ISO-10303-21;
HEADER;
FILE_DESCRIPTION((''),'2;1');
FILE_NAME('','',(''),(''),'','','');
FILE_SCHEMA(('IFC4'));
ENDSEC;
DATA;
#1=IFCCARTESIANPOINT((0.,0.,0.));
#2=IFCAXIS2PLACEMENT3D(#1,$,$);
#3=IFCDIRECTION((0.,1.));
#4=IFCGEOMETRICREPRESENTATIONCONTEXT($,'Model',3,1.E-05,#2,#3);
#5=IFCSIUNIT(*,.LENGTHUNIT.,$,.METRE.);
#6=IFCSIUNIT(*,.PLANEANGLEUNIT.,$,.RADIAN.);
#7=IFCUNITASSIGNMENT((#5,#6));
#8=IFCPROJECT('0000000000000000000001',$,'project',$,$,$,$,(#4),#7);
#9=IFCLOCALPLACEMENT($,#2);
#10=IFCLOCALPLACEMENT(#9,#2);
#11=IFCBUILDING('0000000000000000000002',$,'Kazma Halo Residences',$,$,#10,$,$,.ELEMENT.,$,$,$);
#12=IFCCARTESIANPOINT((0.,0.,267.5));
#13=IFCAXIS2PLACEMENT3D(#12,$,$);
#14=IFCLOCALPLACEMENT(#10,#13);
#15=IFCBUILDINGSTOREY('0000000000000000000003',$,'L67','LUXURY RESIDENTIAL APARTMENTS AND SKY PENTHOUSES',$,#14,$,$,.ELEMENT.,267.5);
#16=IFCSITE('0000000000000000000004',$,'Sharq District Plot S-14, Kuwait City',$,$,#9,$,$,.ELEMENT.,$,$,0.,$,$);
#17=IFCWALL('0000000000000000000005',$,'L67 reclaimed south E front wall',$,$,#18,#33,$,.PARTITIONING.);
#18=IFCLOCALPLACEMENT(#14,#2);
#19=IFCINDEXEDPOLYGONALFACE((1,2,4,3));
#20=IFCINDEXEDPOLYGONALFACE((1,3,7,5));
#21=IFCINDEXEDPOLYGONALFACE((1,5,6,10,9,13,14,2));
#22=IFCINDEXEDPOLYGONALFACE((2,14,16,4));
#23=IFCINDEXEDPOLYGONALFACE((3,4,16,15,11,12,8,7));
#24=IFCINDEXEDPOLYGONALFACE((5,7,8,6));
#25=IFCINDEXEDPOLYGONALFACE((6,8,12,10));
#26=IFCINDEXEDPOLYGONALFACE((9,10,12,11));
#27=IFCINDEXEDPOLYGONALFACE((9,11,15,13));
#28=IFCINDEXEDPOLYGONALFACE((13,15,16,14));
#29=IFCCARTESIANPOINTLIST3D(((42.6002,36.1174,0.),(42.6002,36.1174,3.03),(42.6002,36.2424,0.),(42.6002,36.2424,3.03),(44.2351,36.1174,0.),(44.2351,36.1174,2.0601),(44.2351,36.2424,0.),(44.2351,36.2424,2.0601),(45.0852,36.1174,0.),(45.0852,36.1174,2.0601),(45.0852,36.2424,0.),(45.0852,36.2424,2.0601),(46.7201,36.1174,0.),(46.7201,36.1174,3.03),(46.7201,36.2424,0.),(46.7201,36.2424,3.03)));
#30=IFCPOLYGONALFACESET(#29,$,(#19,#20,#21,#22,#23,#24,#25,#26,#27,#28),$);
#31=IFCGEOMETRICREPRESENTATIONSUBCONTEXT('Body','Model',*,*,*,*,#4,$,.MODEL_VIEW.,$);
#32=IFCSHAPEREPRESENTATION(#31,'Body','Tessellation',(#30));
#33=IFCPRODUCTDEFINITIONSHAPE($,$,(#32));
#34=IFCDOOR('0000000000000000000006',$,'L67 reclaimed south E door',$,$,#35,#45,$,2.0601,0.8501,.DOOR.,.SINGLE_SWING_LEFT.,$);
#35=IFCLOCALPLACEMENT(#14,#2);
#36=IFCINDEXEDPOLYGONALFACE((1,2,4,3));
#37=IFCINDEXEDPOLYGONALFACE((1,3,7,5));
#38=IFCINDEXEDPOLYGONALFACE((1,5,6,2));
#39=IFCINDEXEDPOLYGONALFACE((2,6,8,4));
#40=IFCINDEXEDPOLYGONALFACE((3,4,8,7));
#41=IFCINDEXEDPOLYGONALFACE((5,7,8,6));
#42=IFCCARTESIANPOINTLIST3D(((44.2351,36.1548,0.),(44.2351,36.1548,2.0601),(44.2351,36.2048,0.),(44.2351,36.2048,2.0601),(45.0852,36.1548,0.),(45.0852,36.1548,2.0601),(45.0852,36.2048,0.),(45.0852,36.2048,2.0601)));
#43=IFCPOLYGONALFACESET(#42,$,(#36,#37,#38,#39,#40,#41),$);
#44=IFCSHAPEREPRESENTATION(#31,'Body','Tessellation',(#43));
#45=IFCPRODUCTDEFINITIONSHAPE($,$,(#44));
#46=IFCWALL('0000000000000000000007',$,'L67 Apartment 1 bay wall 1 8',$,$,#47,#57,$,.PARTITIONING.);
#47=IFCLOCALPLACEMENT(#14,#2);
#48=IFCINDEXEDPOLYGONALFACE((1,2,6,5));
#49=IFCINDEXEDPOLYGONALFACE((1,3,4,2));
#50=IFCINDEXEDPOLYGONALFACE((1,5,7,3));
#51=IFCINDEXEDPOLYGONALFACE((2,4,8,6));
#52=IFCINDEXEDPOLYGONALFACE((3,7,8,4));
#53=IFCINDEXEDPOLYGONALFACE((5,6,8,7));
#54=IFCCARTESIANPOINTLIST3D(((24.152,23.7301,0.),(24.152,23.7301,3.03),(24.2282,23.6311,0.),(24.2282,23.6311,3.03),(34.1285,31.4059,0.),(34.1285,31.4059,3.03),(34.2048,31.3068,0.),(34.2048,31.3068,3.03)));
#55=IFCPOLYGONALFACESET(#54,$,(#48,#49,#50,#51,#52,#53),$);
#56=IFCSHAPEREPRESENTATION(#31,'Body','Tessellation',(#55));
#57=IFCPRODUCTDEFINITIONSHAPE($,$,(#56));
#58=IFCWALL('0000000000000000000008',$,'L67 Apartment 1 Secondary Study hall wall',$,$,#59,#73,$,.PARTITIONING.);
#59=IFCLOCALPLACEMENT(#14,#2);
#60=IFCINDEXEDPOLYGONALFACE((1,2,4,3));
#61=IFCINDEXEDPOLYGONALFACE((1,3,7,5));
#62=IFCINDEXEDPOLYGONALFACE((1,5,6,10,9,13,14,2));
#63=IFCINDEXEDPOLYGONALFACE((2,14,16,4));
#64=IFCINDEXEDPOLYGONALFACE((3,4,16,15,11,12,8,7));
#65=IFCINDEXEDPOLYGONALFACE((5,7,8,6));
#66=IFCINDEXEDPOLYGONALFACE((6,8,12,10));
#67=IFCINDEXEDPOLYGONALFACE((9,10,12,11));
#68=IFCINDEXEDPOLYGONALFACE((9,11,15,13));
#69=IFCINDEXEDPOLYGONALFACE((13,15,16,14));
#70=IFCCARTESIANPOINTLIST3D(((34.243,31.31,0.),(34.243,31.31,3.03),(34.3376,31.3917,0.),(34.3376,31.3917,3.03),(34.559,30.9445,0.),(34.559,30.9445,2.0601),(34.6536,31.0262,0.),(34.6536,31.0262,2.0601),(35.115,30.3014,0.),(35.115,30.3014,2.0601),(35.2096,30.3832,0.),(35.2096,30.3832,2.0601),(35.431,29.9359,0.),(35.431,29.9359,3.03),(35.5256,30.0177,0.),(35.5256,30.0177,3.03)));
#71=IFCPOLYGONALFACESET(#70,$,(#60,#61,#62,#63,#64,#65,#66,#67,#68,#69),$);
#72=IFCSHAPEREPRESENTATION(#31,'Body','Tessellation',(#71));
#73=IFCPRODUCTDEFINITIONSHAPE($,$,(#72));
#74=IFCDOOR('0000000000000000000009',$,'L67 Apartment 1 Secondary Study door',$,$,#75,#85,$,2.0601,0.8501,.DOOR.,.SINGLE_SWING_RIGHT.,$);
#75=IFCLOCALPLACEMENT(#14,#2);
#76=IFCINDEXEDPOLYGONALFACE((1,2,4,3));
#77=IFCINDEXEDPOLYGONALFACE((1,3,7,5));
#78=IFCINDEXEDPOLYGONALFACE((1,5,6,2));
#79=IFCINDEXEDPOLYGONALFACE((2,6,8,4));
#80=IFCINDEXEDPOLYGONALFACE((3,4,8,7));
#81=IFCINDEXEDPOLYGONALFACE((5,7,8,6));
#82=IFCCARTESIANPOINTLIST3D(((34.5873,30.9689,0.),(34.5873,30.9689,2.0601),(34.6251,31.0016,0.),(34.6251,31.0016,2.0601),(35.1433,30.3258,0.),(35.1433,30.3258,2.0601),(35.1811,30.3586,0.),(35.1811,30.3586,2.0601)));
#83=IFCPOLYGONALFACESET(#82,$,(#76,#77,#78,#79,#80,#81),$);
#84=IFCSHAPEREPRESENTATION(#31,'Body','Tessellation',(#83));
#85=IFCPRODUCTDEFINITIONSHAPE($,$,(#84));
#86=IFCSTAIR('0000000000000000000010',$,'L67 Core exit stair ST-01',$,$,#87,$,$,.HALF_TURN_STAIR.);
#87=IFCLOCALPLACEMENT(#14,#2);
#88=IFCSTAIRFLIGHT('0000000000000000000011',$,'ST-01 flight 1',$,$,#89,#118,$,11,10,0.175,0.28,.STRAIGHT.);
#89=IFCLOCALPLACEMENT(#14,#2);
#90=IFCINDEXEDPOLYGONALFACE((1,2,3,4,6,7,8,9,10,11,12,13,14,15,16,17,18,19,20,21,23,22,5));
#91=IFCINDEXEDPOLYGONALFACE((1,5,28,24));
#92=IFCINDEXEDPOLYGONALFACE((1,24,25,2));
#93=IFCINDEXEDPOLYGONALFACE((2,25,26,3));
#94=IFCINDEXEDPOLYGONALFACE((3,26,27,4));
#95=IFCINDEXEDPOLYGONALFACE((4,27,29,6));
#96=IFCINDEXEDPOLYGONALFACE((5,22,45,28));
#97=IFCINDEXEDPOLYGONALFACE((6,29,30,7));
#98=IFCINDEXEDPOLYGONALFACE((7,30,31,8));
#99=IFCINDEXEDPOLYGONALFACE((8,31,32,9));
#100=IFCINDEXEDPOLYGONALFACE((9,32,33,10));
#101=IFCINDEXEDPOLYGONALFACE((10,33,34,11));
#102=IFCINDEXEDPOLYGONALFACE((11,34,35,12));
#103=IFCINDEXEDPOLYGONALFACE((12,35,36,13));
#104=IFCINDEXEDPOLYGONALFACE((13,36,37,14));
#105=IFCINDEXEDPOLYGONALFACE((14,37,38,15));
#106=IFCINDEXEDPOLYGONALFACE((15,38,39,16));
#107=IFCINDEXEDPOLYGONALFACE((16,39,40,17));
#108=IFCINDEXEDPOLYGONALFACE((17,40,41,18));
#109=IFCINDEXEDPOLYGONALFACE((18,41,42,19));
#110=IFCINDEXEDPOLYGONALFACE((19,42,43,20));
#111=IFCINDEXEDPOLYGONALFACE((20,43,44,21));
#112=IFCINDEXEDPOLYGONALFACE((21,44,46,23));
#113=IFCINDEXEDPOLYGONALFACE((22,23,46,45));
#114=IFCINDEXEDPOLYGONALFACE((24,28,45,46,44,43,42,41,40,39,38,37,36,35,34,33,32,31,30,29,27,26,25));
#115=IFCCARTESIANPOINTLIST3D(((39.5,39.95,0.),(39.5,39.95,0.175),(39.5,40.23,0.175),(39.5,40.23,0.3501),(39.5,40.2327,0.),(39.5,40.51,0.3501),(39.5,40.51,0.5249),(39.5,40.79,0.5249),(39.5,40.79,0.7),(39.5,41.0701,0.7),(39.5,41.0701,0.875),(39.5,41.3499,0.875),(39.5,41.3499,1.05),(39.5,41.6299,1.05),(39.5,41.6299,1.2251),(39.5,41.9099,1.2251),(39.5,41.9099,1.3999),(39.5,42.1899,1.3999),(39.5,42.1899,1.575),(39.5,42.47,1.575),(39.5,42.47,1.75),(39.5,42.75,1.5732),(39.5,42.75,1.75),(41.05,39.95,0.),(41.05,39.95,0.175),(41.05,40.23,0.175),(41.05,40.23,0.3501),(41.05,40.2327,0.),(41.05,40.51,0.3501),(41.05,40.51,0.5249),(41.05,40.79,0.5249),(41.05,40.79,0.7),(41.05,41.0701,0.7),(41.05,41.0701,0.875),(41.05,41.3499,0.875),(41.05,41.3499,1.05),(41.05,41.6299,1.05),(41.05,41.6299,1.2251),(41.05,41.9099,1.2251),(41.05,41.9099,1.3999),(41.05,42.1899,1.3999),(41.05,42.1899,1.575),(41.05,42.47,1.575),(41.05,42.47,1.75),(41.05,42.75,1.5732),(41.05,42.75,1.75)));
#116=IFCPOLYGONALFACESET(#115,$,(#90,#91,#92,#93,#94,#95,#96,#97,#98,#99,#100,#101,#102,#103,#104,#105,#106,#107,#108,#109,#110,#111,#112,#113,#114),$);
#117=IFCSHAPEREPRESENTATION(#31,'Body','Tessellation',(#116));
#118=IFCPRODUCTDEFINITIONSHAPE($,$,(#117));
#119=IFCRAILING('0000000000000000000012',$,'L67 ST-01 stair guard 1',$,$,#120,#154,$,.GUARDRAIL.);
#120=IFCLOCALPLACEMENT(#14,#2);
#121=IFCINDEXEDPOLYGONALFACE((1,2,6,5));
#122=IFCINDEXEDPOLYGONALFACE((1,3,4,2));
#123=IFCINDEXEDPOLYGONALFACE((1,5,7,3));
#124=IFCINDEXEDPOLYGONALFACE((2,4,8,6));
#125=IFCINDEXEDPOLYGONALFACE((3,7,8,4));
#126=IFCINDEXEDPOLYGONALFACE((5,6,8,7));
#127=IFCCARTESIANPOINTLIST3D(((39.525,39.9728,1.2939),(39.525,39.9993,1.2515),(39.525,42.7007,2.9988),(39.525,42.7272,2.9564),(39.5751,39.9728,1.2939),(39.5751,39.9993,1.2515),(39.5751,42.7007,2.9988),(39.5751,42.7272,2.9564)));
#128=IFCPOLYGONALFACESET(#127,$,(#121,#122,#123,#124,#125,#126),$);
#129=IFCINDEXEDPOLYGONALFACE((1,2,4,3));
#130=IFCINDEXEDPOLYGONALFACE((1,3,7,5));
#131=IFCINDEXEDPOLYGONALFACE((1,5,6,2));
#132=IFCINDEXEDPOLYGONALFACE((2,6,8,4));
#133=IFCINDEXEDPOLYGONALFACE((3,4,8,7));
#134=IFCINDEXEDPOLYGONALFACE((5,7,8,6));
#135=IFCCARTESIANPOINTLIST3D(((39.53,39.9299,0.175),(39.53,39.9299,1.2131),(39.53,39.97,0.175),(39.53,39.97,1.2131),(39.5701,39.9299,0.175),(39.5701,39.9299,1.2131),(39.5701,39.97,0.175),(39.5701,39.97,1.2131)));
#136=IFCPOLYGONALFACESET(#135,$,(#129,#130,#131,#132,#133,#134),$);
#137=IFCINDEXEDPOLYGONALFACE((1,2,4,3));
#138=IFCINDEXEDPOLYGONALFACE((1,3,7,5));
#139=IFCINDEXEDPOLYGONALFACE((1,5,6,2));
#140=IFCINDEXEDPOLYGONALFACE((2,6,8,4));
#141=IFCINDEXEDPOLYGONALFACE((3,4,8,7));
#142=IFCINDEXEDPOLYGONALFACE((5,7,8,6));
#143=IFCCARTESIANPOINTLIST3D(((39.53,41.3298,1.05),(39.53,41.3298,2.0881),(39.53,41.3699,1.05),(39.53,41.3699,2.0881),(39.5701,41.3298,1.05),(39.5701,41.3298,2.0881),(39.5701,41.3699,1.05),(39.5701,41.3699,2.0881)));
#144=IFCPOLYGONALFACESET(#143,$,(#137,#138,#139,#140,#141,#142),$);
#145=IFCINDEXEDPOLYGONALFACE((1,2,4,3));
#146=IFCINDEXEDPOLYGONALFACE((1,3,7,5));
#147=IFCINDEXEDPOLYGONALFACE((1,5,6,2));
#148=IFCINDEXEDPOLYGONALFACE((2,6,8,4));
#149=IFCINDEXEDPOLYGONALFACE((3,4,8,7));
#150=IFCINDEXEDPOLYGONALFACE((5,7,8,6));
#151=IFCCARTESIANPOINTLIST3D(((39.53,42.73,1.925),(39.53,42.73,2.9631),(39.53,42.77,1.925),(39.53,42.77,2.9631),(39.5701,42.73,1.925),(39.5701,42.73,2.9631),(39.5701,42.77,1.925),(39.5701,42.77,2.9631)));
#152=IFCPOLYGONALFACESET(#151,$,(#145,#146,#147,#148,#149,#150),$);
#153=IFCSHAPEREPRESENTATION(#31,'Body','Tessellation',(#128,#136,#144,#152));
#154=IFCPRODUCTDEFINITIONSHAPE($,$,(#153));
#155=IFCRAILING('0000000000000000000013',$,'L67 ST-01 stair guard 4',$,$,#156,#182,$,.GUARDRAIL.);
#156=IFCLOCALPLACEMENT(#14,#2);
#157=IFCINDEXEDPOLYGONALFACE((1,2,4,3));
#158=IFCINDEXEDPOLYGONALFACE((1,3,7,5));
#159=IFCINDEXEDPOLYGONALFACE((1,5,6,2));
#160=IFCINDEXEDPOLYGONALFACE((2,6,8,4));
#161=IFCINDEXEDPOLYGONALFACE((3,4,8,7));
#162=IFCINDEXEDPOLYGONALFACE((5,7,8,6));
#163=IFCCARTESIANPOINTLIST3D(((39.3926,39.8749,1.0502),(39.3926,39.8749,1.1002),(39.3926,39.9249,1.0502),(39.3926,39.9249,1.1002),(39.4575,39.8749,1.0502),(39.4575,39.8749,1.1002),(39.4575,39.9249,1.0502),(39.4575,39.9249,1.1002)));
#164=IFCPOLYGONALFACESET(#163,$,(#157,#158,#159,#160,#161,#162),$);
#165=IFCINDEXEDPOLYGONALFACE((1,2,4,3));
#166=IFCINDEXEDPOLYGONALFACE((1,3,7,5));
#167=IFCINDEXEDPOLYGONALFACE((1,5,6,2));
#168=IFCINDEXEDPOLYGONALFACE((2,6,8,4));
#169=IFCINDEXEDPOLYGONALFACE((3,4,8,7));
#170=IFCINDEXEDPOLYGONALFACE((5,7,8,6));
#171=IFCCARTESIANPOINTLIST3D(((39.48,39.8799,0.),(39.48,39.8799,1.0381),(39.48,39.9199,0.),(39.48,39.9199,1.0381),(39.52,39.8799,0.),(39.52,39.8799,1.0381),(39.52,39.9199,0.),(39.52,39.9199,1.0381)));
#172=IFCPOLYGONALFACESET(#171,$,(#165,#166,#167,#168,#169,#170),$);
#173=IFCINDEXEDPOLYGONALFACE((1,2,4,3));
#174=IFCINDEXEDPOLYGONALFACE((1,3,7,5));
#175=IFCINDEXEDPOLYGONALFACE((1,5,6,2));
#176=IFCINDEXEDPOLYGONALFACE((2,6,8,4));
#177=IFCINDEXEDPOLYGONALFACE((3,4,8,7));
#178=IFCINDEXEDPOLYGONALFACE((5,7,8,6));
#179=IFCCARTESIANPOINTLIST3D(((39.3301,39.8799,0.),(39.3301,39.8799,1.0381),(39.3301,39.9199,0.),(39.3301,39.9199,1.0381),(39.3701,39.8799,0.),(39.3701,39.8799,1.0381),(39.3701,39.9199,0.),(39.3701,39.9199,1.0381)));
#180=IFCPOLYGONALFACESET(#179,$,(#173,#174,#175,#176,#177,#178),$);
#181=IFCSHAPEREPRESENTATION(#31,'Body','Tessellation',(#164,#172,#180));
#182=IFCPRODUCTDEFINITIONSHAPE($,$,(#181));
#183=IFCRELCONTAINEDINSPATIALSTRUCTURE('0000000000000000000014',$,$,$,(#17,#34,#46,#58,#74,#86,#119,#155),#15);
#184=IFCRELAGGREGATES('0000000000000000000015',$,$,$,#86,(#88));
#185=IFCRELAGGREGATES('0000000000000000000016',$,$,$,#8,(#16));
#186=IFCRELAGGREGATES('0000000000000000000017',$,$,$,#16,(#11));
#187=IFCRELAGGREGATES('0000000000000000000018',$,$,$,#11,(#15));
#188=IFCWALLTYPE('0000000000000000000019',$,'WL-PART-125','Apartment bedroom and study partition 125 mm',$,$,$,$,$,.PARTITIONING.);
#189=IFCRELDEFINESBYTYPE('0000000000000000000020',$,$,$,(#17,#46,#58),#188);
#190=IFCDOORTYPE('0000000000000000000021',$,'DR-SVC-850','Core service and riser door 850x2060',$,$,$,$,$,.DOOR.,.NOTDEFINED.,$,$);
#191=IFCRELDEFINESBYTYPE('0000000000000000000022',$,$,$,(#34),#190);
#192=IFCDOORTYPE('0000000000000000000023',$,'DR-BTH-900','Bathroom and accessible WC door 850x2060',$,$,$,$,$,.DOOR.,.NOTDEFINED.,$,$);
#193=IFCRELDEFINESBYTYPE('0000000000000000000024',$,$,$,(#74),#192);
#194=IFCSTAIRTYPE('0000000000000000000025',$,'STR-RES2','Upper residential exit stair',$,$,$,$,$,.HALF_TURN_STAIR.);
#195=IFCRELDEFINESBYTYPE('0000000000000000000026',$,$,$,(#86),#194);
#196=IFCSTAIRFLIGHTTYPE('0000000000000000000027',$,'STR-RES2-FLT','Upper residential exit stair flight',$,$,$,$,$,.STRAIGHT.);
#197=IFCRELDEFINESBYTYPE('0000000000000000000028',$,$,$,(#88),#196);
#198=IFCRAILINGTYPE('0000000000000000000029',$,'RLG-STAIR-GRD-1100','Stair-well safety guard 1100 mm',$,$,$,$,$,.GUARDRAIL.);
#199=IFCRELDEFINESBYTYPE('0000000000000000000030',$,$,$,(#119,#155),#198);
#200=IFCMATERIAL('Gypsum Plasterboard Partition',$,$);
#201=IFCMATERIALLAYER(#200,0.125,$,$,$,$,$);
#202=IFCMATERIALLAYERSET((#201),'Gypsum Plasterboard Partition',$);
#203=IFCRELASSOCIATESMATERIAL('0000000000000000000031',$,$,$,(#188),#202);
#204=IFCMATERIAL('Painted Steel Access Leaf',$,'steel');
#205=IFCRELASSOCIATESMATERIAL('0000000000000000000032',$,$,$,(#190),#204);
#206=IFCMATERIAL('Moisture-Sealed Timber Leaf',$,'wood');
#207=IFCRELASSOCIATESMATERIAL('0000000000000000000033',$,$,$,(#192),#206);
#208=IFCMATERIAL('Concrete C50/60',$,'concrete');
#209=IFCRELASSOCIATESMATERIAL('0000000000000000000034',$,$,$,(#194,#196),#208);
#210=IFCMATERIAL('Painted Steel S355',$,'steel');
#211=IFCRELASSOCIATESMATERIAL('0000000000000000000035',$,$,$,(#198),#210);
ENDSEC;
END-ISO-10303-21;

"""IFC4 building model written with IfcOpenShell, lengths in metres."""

from ifc_helpers import new_model, si_unit, direction, frame, frame_2d, origin, origin_2d, place, context, subcontext, project, spatial, polyline, rectangle, outline, extrude, material, layer, layer_set, type_object, element, fill, aggregate, save


model = new_model("IFC4")

# Units and contexts
model_context = context("Model", 3, precision=1e-05, world=origin(), true_north=direction((0.0, 1.0)))
body_context = subcontext(model_context, "Body", "Model", "MODEL_VIEW")
ifc_project = project(units=[si_unit("LENGTHUNIT", "METRE"), si_unit("PLANEANGLEUNIT", "RADIAN")], contexts=[model_context])

# Site, building, storey
site_placement = place(None, origin())
site = spatial("IfcSite", under=ifc_project, at=site_placement, Name="Sharq District Plot S-14, Kuwait City", CompositionType="ELEMENT", RefElevation=0.0)
building_placement = place(site_placement, origin())
building = spatial("IfcBuilding", under=site, at=building_placement, Name="Kazma Halo Residences", CompositionType="ELEMENT")
storey_placement = place(building_placement, frame((0.0, 0.0, 267.5)))
storey = spatial("IfcBuildingStorey", under=building, at=storey_placement, Name="L67", Description="LUXURY RESIDENTIAL APARTMENTS AND SKY PENTHOUSES", CompositionType="ELEMENT", Elevation=267.5)

# Shared definitions
ifc_material_1 = material(Name="Gypsum Plasterboard Partition")
ifc_layer_1 = layer(ifc_material_1, 0.125)
ifc_layer_set_1 = layer_set([ifc_layer_1], Name="Gypsum Plasterboard Partition")
wall_type_1 = type_object("IfcWallType", Name="WL-PART-125", Description="Apartment bedroom and study partition 125 mm", PredefinedType="PARTITIONING", material=ifc_layer_set_1)

# Wall, opening, door
ifc_material_2 = material(Name="Painted Steel Access Leaf", Category="steel")
door_type_1 = type_object("IfcDoorType", Name="DR-SVC-850", Description="Core service and riser door 850x2060", OperationType="NOTDEFINED", PredefinedType="DOOR", material=ifc_material_2)
wall_1_placement = place(storey_placement, frame((42.6001, 36.1799, 0.0), z_axis=(0.0, 0.0, 1.0), x_axis=(1.0, 0.0, 0.0)))
wall_1 = element("IfcWall", 1, at=wall_1_placement, inside=storey, type_object=wall_type_1, Name="L67 reclaimed south E front wall", PredefinedType="PARTITIONING", context=body_context, shape_type="SweptSolid", body=[
    extrude(rectangle(XDim=4.1199, YDim=0.125, at=frame_2d((2.0601, 0.0))), origin(), (0.0, 0.0, 1.0), 3.03),
])
opening_1_placement = place(wall_1_placement, frame((1.635, 0.0, 0.0)))
opening_1 = element("IfcOpeningElement", 2, at=opening_1_placement, cuts=wall_1, PredefinedType="OPENING", context=body_context, shape_type="SweptSolid", body=[
    extrude(rectangle(XDim=0.8501, YDim=2.0601, at=frame_2d((0.425, 1.03))), frame((0.0, 0.0725, 0.0), z_axis=(0.0, -1.0, 0.0), x_axis=(1.0, 0.0, 0.0)), (0.0, 0.0, 1.0), 0.145),
])
door_1_placement = place(opening_1_placement, origin())
door_1 = element("IfcDoor", 3, at=door_1_placement, inside=storey, type_object=door_type_1, Name="L67 reclaimed south E door", OperationType="SINGLE_SWING_LEFT", OverallHeight=2.0601, OverallWidth=0.8501, PredefinedType="DOOR", context=body_context, shape_type="SweptSolid", body=[
    extrude(rectangle(XDim=0.8501, YDim=2.0601, at=frame_2d((0.425, 1.03))), frame((0.0, 0.0249, 0.0), z_axis=(0.0, -1.0, 0.0), x_axis=(1.0, 0.0, 0.0)), (0.0, 0.0, 1.0), 0.05),
])
fill(opening_1, door_1)

# Wall
wall_2_placement = place(storey_placement, frame((34.1667, 31.3564, 0.0), z_axis=(0.0, 0.0, 1.0), x_axis=(-0.792566, -0.609786, 0.0)))
element("IfcWall", 4, at=wall_2_placement, inside=storey, type_object=wall_type_1, Name="L67 Apartment 1 bay wall 1 8", PredefinedType="PARTITIONING", context=body_context, shape_type="SweptSolid", body=[
    extrude(rectangle(XDim=12.5876, YDim=0.125, at=frame_2d((6.2939, 0.0))), origin(), (0.0, 0.0, 1.0), 3.03),
])

# Wall, opening, door
wall_3_placement = place(storey_placement, frame((34.2903, 31.3508, 0.0), z_axis=(0.0, 0.0, 1.0), x_axis=(0.65404, -0.75646, 0.0)))
wall_3 = element("IfcWall", 5, at=wall_3_placement, inside=storey, type_object=wall_type_1, Name="L67 Apartment 1 Secondary Study hall wall", PredefinedType="PARTITIONING", context=body_context, shape_type="SweptSolid", body=[
    extrude(rectangle(XDim=1.8164, YDim=0.125, at=frame_2d((0.9082, 0.0))), origin(), (0.0, 0.0, 1.0), 3.03),
])
opening_2_placement = place(wall_3_placement, frame((0.4832, 0.0, 0.0)))
opening_2 = element("IfcOpeningElement", 6, at=opening_2_placement, cuts=wall_3, PredefinedType="OPENING", context=body_context, shape_type="SweptSolid", body=[
    extrude(rectangle(XDim=0.8501, YDim=2.0601, at=frame_2d((0.425, 1.03))), frame((0.0, 0.0725, 0.0), z_axis=(0.0, -1.0, 0.0), x_axis=(1.0, 0.0, 0.0)), (0.0, 0.0, 1.0), 0.145),
])
ifc_material_3 = material(Name="Moisture-Sealed Timber Leaf", Category="wood")
door_type_2 = type_object("IfcDoorType", Name="DR-BTH-900", Description="Bathroom and accessible WC door 850x2060", OperationType="NOTDEFINED", PredefinedType="DOOR", material=ifc_material_3)
door_2_placement = place(opening_2_placement, origin())
door_2 = element("IfcDoor", 7, at=door_2_placement, inside=storey, type_object=door_type_2, Name="L67 Apartment 1 Secondary Study door", OperationType="SINGLE_SWING_RIGHT", OverallHeight=2.0601, OverallWidth=0.8501, PredefinedType="DOOR", context=body_context, shape_type="SweptSolid", body=[
    extrude(rectangle(XDim=0.8501, YDim=2.0601, at=frame_2d((0.425, 1.03))), frame((0.0, 0.0249, 0.0), z_axis=(0.0, -1.0, 0.0), x_axis=(1.0, 0.0, 0.0)), (0.0, 0.0, 1.0), 0.05),
])
fill(opening_2, door_2)
ifc_material_4 = material(Name="Concrete C50/60", Category="concrete")

# Stair, stair flight
stair_type = type_object("IfcStairType", Name="STR-RES2", Description="Upper residential exit stair", PredefinedType="HALF_TURN_STAIR", material=ifc_material_4)
stair_placement = place(storey_placement, origin())
stair = element("IfcStair", 8, at=stair_placement, inside=storey, type_object=stair_type, Name="L67 Core exit stair ST-01", PredefinedType="HALF_TURN_STAIR")
stair_flight_type = type_object("IfcStairFlightType", Name="STR-RES2-FLT", Description="Upper residential exit stair flight", PredefinedType="STRAIGHT", material=ifc_material_4)
stair_flight_placement = place(storey_placement, frame((40.2749, 39.95, 0.0), z_axis=(0.0, 0.0, 1.0), x_axis=(0.0, 1.0, 0.0)))
stair_flight = element("IfcStairFlight", 9, at=stair_flight_placement, type_object=stair_flight_type, Name="ST-01 flight 1", NumberOfRisers=11, NumberOfTreads=10, PredefinedType="STRAIGHT", RiserHeight=0.175, TreadLength=0.28, context=body_context, shape_type="SweptSolid", body=[
    extrude(outline(polyline([(0.0, 0.0), (0.0, 0.175), (0.28, 0.175), (0.28, 0.3501), (0.5601, 0.3501), (0.5601, 0.5249), (0.8401, 0.5249), (0.8401, 0.7), (1.1201, 0.7), (1.1201, 0.875), (1.3999, 0.875), (1.3999, 1.05), (1.6799, 1.05), (1.6799, 1.2251), (1.96, 1.2251), (1.96, 1.3999), (2.24, 1.3999), (2.24, 1.575), (2.52, 1.575), (2.52, 1.75), (2.8, 1.75), (2.8, 1.925), (2.8, 1.5732), (0.2827, 0.0), (0.0, 0.0)])), frame((0.0, 0.7749, 0.0), z_axis=(0.0, -1.0, 0.0), x_axis=(1.0, 0.0, 0.0)), (0.0, 0.0, 1.0), 1.55),
])
aggregate(stair, [stair_flight])

# Railings
ifc_material_5 = material(Name="Painted Steel S355", Category="steel")
railing_type_1 = type_object("IfcRailingType", Name="RLG-STAIR-GRD-1100", Description="Stair-well safety guard 1100 mm", PredefinedType="GUARDRAIL", material=ifc_material_5)
railing_1_placement = place(storey_placement, frame((39.55, 39.95, 0.175)))
element("IfcRailing", 10, at=railing_1_placement, inside=storey, type_object=railing_type_1, Name="L67 ST-01 stair guard 1", PredefinedType="GUARDRAIL", context=body_context, shape_type="SweptSolid", body=[
    extrude(rectangle(XDim=0.05, YDim=0.05, at=origin_2d()), frame((0.0, 0.0361, 1.0977), z_axis=(0.0, 0.848002, 0.529992), x_axis=(-1.0, 0.0, 0.0)), (0.0, 0.0, 1.0), 3.2168),
    extrude(rectangle(XDim=0.04, YDim=0.04, at=origin_2d()), origin(), (0.0, 0.0, 1.0), 1.0381),
    extrude(rectangle(XDim=0.04, YDim=0.04, at=origin_2d()), frame((0.0, 1.3999, 0.875)), (0.0, 0.0, 1.0), 1.0381),
    extrude(rectangle(XDim=0.04, YDim=0.04, at=origin_2d()), frame((0.0, 2.8, 1.75)), (0.0, 0.0, 1.0), 1.0381),
])
railing_2_placement = place(storey_placement, frame((39.5, 39.8999, 0.0)))
element("IfcRailing", 11, at=railing_2_placement, inside=storey, type_object=railing_type_1, Name="L67 ST-01 stair guard 4", PredefinedType="GUARDRAIL", context=body_context, shape_type="SweptSolid", body=[
    extrude(rectangle(XDim=0.05, YDim=0.05, at=origin_2d()), frame((-0.0425, 0.0, 1.0752), z_axis=(-1.0, 0.0, 0.0), x_axis=(0.0, -1.0, 0.0)), (0.0, 0.0, 1.0), 0.0649),
    extrude(rectangle(XDim=0.04, YDim=0.04, at=origin_2d()), origin(), (0.0, 0.0, 1.0), 1.0381),
    extrude(rectangle(XDim=0.04, YDim=0.04, at=origin_2d()), frame((-0.1499, 0.0, 0.0)), (0.0, 0.0, 1.0), 1.0381),
])

save(model, "model.ifc")
